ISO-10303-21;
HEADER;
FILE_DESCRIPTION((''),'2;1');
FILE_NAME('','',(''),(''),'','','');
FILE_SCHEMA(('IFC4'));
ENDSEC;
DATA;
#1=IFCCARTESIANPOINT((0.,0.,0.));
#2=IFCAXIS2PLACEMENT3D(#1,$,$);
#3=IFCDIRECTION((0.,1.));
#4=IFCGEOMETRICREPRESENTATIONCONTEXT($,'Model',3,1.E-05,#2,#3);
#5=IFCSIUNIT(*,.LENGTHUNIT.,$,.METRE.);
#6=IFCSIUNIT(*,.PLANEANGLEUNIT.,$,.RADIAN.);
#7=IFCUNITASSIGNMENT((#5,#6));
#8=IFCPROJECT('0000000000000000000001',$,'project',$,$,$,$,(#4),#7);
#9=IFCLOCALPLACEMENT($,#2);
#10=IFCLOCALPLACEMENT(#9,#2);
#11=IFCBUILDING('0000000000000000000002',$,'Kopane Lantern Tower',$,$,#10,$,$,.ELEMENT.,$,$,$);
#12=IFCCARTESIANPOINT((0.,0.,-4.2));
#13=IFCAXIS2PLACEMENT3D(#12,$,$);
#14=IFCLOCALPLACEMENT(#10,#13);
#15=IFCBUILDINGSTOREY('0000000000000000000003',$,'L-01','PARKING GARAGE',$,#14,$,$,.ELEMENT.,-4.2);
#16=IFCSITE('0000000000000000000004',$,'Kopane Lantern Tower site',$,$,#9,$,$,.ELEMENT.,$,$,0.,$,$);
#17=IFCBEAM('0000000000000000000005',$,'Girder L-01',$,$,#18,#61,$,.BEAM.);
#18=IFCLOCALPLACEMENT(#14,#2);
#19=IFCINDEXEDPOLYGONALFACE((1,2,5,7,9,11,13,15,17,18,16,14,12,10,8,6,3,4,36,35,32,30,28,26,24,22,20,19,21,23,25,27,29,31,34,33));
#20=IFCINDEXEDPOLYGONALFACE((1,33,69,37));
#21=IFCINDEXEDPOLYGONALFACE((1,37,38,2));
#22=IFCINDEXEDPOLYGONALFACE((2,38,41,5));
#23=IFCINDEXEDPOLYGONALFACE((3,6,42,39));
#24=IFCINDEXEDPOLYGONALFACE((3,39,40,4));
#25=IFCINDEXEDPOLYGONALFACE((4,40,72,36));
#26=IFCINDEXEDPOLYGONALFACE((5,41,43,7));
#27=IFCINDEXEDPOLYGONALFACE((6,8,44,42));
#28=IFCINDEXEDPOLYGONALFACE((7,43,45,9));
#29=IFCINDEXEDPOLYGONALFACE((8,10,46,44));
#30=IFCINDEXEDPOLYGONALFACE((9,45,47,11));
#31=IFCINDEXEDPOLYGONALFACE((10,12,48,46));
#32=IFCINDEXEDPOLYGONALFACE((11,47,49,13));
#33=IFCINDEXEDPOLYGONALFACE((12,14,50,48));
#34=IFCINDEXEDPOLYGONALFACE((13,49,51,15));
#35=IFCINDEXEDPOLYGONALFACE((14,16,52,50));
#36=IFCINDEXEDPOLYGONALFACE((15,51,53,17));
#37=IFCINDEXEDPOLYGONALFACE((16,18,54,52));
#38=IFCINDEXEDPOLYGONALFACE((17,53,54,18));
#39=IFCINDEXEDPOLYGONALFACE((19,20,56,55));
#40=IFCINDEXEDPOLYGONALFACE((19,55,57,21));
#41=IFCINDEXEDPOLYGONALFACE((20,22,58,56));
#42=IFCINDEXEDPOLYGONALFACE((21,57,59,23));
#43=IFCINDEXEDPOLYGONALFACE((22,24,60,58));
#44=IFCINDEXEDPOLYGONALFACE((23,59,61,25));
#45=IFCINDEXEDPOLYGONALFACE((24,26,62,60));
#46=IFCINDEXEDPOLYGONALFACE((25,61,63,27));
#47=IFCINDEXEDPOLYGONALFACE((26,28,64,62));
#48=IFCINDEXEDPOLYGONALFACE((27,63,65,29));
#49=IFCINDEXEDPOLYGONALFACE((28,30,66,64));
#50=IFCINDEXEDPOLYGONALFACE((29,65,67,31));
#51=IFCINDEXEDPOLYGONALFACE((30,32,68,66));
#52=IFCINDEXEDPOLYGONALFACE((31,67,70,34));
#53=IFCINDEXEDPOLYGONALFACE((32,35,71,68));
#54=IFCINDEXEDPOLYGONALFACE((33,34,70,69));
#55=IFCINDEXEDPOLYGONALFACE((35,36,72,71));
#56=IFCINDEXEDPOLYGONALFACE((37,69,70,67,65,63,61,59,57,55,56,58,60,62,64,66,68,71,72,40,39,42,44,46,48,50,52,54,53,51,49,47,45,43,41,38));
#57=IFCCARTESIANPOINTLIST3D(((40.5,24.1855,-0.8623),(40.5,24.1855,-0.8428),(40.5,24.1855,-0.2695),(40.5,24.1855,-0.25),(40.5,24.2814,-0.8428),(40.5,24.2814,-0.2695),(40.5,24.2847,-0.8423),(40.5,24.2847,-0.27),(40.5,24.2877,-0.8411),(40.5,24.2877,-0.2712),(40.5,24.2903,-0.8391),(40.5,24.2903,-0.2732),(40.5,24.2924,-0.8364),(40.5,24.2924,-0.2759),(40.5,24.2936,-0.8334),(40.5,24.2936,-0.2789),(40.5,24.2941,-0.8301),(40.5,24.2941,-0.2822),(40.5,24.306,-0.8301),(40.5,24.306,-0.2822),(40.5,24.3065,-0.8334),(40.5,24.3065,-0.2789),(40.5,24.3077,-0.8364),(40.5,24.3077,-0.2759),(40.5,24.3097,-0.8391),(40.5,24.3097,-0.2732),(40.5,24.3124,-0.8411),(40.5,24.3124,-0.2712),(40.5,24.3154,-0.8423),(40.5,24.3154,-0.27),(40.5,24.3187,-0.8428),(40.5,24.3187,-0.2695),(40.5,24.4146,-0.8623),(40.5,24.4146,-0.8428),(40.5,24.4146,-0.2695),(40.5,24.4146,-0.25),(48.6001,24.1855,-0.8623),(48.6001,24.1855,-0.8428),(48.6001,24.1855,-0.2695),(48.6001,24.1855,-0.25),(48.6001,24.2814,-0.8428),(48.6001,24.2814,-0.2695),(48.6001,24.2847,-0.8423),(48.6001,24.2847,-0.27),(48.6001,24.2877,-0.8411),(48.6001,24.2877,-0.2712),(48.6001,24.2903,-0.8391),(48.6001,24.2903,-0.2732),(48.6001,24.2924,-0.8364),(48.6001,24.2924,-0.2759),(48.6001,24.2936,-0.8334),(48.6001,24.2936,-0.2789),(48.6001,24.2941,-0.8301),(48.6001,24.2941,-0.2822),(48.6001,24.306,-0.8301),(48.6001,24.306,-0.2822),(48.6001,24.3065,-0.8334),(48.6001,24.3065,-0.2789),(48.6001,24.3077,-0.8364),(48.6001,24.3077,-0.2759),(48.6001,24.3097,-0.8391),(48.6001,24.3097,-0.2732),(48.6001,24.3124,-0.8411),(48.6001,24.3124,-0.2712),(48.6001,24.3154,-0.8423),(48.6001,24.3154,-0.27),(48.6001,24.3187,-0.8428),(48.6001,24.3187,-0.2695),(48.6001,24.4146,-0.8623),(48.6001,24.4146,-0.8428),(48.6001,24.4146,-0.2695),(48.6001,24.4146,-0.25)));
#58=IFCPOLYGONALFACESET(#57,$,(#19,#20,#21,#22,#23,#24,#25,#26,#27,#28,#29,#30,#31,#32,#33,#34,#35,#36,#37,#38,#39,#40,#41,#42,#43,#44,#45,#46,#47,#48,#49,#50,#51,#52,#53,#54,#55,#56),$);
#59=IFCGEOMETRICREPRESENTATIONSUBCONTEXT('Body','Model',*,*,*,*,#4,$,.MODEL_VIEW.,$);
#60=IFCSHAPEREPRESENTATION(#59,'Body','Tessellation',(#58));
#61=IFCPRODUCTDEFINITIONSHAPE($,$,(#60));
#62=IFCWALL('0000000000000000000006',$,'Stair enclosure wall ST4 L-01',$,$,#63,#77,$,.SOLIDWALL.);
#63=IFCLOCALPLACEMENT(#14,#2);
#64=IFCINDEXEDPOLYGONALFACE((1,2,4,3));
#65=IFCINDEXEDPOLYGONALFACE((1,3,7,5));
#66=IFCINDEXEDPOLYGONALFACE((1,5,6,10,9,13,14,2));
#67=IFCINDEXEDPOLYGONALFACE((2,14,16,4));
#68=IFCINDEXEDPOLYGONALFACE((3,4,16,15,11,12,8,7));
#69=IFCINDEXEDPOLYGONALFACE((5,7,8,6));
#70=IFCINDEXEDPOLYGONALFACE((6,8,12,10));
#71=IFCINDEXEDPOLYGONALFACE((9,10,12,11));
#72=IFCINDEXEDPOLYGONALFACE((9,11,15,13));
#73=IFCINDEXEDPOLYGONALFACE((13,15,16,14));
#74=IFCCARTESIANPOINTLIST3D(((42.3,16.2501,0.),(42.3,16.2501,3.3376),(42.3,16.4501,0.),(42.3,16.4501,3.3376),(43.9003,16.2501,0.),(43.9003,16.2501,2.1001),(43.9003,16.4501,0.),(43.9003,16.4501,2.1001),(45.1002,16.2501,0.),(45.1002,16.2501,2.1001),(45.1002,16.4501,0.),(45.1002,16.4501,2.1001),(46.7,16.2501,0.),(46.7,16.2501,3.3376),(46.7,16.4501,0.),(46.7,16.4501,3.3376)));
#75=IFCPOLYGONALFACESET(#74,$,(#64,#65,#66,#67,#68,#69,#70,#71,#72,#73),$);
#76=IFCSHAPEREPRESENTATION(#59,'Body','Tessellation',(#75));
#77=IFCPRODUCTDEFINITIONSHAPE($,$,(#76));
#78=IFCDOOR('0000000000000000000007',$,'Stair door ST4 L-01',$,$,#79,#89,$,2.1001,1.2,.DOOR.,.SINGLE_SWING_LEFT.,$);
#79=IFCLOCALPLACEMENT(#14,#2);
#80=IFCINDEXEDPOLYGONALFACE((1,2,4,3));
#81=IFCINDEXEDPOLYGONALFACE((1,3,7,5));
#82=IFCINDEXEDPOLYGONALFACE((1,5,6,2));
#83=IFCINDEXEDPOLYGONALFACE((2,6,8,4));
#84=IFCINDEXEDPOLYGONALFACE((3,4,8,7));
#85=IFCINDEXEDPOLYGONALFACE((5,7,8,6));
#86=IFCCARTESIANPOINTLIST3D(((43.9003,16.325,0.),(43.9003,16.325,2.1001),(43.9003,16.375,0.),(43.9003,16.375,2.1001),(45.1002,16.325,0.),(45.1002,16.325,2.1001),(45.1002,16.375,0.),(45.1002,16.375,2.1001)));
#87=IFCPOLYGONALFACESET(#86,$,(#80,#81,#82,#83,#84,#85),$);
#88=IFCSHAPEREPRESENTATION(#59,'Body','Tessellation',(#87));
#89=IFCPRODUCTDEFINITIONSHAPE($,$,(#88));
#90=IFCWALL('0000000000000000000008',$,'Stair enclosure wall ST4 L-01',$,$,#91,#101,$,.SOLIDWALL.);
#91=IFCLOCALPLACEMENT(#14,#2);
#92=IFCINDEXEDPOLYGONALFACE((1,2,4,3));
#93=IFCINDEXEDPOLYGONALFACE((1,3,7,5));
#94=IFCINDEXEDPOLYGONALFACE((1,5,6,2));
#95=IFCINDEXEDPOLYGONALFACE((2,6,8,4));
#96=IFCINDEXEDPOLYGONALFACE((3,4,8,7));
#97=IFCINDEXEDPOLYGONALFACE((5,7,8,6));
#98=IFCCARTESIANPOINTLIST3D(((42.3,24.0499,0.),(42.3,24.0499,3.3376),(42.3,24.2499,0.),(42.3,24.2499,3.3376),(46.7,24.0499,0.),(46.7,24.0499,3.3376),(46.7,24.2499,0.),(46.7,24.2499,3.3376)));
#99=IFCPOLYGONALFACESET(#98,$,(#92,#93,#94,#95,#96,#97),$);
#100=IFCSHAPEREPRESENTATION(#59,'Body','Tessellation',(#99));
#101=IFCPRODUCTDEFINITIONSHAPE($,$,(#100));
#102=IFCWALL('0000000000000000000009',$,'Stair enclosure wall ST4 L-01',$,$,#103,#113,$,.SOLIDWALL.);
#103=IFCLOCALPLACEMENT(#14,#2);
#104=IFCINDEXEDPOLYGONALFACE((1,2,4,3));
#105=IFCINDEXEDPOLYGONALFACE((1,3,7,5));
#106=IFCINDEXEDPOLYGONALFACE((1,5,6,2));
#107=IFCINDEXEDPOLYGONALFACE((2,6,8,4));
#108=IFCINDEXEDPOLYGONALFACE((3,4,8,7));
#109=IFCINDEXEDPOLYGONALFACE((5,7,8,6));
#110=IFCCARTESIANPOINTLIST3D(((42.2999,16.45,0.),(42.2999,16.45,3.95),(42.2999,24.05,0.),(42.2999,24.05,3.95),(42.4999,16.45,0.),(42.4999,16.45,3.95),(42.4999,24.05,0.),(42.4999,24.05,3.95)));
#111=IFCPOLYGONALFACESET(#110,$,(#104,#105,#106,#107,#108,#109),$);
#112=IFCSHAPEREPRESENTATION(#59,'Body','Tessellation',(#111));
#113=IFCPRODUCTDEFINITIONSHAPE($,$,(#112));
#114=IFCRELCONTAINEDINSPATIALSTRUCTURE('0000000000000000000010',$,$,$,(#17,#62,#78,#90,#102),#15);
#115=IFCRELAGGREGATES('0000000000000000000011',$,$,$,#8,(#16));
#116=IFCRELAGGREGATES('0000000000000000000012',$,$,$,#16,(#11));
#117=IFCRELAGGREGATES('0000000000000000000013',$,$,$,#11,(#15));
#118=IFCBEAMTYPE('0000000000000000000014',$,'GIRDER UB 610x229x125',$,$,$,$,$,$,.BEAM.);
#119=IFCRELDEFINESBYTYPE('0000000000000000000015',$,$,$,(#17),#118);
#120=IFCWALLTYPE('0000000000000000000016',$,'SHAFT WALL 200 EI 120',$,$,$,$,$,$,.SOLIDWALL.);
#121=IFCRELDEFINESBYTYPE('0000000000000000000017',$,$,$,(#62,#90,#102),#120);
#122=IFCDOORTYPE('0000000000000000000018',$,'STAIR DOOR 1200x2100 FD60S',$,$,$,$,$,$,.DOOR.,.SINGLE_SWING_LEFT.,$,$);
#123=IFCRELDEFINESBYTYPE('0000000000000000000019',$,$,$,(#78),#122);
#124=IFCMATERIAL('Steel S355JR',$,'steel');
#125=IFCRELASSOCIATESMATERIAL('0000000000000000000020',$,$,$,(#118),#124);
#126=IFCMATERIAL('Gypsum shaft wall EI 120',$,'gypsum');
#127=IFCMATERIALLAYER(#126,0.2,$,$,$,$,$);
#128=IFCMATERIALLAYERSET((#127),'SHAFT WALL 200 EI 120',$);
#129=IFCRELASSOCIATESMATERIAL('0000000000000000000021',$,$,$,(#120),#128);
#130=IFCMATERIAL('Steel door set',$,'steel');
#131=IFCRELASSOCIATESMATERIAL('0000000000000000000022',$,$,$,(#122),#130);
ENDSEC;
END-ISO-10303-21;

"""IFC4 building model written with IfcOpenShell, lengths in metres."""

from ifc_helpers import new_model, si_unit, direction, frame, frame_2d, origin, origin_2d, place, context, subcontext, project, spatial, rectangle, i_section, extrude, material, layer, layer_set, material_profile, profile_set, type_object, element, fill, save


model = new_model("IFC4")

# Units and contexts
model_context = context("Model", 3, precision=1e-05, world=origin(), true_north=direction((0.0, 1.0)))
body_context = subcontext(model_context, "Body", "Model", "MODEL_VIEW")
ifc_project = project(units=[si_unit("LENGTHUNIT", "METRE"), si_unit("PLANEANGLEUNIT", "RADIAN")], contexts=[model_context])

# Site, building, storey
site_placement = place(None, origin())
site = spatial("IfcSite", under=ifc_project, at=site_placement, Name="Kopane Lantern Tower site", CompositionType="ELEMENT", RefElevation=0.0)
building_placement = place(site_placement, origin())
building = spatial("IfcBuilding", under=site, at=building_placement, Name="Kopane Lantern Tower", CompositionType="ELEMENT")
storey_placement = place(building_placement, frame((0.0, 0.0, -4.2)))
storey = spatial("IfcBuildingStorey", under=building, at=storey_placement, Name="L-01", Description="PARKING GARAGE", CompositionType="ELEMENT", Elevation=-4.2)

# Beam
ifc_material_1 = material(Name="Steel S355JR", Category="steel")
ifc_material_profile_1 = material_profile(ifc_material_1, i_section(OverallWidth=0.229, OverallDepth=0.6123, WebThickness=0.012, FlangeThickness=0.0195, FilletRadius=0.0127, at=origin_2d()), Name="UB 610x229x125")
ifc_profile_set_1 = profile_set([ifc_material_profile_1], Name="Steel S355JR")
beam_type_1 = type_object("IfcBeamType", Name="GIRDER UB 610x229x125", PredefinedType="BEAM", material=ifc_profile_set_1)
for number, where, z_axis, x_axis, name in (
    (1, (40.5, 24.3, -0.5562), (1.0, 0.0, 0.0), (0.0, 1.0, 0.0), "Girder L-01"),
):
    element("IfcBeam", number, at=place(storey_placement, frame(where, z_axis=z_axis, x_axis=x_axis)), inside=storey, type_object=beam_type_1, Name=name, PredefinedType="BEAM", context=body_context, shape_type="SweptSolid", body=[
        extrude(i_section(OverallWidth=0.229, OverallDepth=0.6123, WebThickness=0.012, FlangeThickness=0.0195, FilletRadius=0.0127, at=origin_2d()), origin(), (0.0, 0.0, 1.0), 8.1001),
    ])

# Wall, opening, door
ifc_material_2 = material(Name="Gypsum shaft wall EI 120", Category="gypsum")
ifc_layer = layer(ifc_material_2, 0.2)
ifc_layer_set = layer_set([ifc_layer], Name="SHAFT WALL 200 EI 120")
wall_type = type_object("IfcWallType", Name="SHAFT WALL 200 EI 120", PredefinedType="SOLIDWALL", material=ifc_layer_set)
wall_1_placement = place(storey_placement, frame((42.3, 16.3501, 0.0), z_axis=(0.0, 0.0, 1.0), x_axis=(1.0, 0.0, 0.0)))
wall_1 = element("IfcWall", 2, at=wall_1_placement, inside=storey, type_object=wall_type, Name="Stair enclosure wall ST4 L-01", PredefinedType="SOLIDWALL", context=body_context, shape_type="SweptSolid", body=[
    extrude(rectangle(XDim=4.3999, YDim=0.2, at=frame_2d((2.2, 0.0))), origin(), (0.0, 0.0, 1.0), 3.3376),
])
opening_placement = place(wall_1_placement, frame((1.6001, 0.0, 0.0)))
opening = element("IfcOpeningElement", 3, at=opening_placement, cuts=wall_1, PredefinedType="OPENING", context=body_context, shape_type="SweptSolid", body=[
    extrude(rectangle(XDim=1.2, YDim=2.1001, at=frame_2d((0.6001, 1.05))), frame((0.0, 0.1099, 0.0), z_axis=(0.0, -1.0, 0.0), x_axis=(1.0, 0.0, 0.0)), (0.0, 0.0, 1.0), 0.22),
])
ifc_material_3 = material(Name="Steel door set", Category="steel")
door_type = type_object("IfcDoorType", Name="STAIR DOOR 1200x2100 FD60S", OperationType="SINGLE_SWING_LEFT", PredefinedType="DOOR", material=ifc_material_3)
door_placement = place(opening_placement, origin())
door = element("IfcDoor", 4, at=door_placement, inside=storey, type_object=door_type, Name="Stair door ST4 L-01", OperationType="SINGLE_SWING_LEFT", OverallHeight=2.1001, OverallWidth=1.2, PredefinedType="DOOR", context=body_context, shape_type="SweptSolid", body=[
    extrude(rectangle(XDim=1.2, YDim=2.1001, at=frame_2d((0.6001, 1.05))), frame((0.0, 0.0249, 0.0), z_axis=(0.0, -1.0, 0.0), x_axis=(1.0, 0.0, 0.0)), (0.0, 0.0, 1.0), 0.05),
])
fill(opening, door)

# Walls
wall_2_placement = place(storey_placement, frame((42.3, 24.1499, 0.0), z_axis=(0.0, 0.0, 1.0), x_axis=(1.0, 0.0, 0.0)))
element("IfcWall", 5, at=wall_2_placement, inside=storey, type_object=wall_type, Name="Stair enclosure wall ST4 L-01", PredefinedType="SOLIDWALL", context=body_context, shape_type="SweptSolid", body=[
    extrude(rectangle(XDim=4.3999, YDim=0.2, at=frame_2d((2.2, 0.0))), origin(), (0.0, 0.0, 1.0), 3.3376),
])
wall_3_placement = place(storey_placement, frame((42.3999, 16.45, 0.0), z_axis=(0.0, 0.0, 1.0), x_axis=(0.0, 1.0, 0.0)))
element("IfcWall", 6, at=wall_3_placement, inside=storey, type_object=wall_type, Name="Stair enclosure wall ST4 L-01", PredefinedType="SOLIDWALL", context=body_context, shape_type="SweptSolid", body=[
    extrude(rectangle(XDim=7.6001, YDim=0.2, at=frame_2d((3.8, 0.0))), origin(), (0.0, 0.0, 1.0), 3.95),
])

save(model, "model.ifc")
